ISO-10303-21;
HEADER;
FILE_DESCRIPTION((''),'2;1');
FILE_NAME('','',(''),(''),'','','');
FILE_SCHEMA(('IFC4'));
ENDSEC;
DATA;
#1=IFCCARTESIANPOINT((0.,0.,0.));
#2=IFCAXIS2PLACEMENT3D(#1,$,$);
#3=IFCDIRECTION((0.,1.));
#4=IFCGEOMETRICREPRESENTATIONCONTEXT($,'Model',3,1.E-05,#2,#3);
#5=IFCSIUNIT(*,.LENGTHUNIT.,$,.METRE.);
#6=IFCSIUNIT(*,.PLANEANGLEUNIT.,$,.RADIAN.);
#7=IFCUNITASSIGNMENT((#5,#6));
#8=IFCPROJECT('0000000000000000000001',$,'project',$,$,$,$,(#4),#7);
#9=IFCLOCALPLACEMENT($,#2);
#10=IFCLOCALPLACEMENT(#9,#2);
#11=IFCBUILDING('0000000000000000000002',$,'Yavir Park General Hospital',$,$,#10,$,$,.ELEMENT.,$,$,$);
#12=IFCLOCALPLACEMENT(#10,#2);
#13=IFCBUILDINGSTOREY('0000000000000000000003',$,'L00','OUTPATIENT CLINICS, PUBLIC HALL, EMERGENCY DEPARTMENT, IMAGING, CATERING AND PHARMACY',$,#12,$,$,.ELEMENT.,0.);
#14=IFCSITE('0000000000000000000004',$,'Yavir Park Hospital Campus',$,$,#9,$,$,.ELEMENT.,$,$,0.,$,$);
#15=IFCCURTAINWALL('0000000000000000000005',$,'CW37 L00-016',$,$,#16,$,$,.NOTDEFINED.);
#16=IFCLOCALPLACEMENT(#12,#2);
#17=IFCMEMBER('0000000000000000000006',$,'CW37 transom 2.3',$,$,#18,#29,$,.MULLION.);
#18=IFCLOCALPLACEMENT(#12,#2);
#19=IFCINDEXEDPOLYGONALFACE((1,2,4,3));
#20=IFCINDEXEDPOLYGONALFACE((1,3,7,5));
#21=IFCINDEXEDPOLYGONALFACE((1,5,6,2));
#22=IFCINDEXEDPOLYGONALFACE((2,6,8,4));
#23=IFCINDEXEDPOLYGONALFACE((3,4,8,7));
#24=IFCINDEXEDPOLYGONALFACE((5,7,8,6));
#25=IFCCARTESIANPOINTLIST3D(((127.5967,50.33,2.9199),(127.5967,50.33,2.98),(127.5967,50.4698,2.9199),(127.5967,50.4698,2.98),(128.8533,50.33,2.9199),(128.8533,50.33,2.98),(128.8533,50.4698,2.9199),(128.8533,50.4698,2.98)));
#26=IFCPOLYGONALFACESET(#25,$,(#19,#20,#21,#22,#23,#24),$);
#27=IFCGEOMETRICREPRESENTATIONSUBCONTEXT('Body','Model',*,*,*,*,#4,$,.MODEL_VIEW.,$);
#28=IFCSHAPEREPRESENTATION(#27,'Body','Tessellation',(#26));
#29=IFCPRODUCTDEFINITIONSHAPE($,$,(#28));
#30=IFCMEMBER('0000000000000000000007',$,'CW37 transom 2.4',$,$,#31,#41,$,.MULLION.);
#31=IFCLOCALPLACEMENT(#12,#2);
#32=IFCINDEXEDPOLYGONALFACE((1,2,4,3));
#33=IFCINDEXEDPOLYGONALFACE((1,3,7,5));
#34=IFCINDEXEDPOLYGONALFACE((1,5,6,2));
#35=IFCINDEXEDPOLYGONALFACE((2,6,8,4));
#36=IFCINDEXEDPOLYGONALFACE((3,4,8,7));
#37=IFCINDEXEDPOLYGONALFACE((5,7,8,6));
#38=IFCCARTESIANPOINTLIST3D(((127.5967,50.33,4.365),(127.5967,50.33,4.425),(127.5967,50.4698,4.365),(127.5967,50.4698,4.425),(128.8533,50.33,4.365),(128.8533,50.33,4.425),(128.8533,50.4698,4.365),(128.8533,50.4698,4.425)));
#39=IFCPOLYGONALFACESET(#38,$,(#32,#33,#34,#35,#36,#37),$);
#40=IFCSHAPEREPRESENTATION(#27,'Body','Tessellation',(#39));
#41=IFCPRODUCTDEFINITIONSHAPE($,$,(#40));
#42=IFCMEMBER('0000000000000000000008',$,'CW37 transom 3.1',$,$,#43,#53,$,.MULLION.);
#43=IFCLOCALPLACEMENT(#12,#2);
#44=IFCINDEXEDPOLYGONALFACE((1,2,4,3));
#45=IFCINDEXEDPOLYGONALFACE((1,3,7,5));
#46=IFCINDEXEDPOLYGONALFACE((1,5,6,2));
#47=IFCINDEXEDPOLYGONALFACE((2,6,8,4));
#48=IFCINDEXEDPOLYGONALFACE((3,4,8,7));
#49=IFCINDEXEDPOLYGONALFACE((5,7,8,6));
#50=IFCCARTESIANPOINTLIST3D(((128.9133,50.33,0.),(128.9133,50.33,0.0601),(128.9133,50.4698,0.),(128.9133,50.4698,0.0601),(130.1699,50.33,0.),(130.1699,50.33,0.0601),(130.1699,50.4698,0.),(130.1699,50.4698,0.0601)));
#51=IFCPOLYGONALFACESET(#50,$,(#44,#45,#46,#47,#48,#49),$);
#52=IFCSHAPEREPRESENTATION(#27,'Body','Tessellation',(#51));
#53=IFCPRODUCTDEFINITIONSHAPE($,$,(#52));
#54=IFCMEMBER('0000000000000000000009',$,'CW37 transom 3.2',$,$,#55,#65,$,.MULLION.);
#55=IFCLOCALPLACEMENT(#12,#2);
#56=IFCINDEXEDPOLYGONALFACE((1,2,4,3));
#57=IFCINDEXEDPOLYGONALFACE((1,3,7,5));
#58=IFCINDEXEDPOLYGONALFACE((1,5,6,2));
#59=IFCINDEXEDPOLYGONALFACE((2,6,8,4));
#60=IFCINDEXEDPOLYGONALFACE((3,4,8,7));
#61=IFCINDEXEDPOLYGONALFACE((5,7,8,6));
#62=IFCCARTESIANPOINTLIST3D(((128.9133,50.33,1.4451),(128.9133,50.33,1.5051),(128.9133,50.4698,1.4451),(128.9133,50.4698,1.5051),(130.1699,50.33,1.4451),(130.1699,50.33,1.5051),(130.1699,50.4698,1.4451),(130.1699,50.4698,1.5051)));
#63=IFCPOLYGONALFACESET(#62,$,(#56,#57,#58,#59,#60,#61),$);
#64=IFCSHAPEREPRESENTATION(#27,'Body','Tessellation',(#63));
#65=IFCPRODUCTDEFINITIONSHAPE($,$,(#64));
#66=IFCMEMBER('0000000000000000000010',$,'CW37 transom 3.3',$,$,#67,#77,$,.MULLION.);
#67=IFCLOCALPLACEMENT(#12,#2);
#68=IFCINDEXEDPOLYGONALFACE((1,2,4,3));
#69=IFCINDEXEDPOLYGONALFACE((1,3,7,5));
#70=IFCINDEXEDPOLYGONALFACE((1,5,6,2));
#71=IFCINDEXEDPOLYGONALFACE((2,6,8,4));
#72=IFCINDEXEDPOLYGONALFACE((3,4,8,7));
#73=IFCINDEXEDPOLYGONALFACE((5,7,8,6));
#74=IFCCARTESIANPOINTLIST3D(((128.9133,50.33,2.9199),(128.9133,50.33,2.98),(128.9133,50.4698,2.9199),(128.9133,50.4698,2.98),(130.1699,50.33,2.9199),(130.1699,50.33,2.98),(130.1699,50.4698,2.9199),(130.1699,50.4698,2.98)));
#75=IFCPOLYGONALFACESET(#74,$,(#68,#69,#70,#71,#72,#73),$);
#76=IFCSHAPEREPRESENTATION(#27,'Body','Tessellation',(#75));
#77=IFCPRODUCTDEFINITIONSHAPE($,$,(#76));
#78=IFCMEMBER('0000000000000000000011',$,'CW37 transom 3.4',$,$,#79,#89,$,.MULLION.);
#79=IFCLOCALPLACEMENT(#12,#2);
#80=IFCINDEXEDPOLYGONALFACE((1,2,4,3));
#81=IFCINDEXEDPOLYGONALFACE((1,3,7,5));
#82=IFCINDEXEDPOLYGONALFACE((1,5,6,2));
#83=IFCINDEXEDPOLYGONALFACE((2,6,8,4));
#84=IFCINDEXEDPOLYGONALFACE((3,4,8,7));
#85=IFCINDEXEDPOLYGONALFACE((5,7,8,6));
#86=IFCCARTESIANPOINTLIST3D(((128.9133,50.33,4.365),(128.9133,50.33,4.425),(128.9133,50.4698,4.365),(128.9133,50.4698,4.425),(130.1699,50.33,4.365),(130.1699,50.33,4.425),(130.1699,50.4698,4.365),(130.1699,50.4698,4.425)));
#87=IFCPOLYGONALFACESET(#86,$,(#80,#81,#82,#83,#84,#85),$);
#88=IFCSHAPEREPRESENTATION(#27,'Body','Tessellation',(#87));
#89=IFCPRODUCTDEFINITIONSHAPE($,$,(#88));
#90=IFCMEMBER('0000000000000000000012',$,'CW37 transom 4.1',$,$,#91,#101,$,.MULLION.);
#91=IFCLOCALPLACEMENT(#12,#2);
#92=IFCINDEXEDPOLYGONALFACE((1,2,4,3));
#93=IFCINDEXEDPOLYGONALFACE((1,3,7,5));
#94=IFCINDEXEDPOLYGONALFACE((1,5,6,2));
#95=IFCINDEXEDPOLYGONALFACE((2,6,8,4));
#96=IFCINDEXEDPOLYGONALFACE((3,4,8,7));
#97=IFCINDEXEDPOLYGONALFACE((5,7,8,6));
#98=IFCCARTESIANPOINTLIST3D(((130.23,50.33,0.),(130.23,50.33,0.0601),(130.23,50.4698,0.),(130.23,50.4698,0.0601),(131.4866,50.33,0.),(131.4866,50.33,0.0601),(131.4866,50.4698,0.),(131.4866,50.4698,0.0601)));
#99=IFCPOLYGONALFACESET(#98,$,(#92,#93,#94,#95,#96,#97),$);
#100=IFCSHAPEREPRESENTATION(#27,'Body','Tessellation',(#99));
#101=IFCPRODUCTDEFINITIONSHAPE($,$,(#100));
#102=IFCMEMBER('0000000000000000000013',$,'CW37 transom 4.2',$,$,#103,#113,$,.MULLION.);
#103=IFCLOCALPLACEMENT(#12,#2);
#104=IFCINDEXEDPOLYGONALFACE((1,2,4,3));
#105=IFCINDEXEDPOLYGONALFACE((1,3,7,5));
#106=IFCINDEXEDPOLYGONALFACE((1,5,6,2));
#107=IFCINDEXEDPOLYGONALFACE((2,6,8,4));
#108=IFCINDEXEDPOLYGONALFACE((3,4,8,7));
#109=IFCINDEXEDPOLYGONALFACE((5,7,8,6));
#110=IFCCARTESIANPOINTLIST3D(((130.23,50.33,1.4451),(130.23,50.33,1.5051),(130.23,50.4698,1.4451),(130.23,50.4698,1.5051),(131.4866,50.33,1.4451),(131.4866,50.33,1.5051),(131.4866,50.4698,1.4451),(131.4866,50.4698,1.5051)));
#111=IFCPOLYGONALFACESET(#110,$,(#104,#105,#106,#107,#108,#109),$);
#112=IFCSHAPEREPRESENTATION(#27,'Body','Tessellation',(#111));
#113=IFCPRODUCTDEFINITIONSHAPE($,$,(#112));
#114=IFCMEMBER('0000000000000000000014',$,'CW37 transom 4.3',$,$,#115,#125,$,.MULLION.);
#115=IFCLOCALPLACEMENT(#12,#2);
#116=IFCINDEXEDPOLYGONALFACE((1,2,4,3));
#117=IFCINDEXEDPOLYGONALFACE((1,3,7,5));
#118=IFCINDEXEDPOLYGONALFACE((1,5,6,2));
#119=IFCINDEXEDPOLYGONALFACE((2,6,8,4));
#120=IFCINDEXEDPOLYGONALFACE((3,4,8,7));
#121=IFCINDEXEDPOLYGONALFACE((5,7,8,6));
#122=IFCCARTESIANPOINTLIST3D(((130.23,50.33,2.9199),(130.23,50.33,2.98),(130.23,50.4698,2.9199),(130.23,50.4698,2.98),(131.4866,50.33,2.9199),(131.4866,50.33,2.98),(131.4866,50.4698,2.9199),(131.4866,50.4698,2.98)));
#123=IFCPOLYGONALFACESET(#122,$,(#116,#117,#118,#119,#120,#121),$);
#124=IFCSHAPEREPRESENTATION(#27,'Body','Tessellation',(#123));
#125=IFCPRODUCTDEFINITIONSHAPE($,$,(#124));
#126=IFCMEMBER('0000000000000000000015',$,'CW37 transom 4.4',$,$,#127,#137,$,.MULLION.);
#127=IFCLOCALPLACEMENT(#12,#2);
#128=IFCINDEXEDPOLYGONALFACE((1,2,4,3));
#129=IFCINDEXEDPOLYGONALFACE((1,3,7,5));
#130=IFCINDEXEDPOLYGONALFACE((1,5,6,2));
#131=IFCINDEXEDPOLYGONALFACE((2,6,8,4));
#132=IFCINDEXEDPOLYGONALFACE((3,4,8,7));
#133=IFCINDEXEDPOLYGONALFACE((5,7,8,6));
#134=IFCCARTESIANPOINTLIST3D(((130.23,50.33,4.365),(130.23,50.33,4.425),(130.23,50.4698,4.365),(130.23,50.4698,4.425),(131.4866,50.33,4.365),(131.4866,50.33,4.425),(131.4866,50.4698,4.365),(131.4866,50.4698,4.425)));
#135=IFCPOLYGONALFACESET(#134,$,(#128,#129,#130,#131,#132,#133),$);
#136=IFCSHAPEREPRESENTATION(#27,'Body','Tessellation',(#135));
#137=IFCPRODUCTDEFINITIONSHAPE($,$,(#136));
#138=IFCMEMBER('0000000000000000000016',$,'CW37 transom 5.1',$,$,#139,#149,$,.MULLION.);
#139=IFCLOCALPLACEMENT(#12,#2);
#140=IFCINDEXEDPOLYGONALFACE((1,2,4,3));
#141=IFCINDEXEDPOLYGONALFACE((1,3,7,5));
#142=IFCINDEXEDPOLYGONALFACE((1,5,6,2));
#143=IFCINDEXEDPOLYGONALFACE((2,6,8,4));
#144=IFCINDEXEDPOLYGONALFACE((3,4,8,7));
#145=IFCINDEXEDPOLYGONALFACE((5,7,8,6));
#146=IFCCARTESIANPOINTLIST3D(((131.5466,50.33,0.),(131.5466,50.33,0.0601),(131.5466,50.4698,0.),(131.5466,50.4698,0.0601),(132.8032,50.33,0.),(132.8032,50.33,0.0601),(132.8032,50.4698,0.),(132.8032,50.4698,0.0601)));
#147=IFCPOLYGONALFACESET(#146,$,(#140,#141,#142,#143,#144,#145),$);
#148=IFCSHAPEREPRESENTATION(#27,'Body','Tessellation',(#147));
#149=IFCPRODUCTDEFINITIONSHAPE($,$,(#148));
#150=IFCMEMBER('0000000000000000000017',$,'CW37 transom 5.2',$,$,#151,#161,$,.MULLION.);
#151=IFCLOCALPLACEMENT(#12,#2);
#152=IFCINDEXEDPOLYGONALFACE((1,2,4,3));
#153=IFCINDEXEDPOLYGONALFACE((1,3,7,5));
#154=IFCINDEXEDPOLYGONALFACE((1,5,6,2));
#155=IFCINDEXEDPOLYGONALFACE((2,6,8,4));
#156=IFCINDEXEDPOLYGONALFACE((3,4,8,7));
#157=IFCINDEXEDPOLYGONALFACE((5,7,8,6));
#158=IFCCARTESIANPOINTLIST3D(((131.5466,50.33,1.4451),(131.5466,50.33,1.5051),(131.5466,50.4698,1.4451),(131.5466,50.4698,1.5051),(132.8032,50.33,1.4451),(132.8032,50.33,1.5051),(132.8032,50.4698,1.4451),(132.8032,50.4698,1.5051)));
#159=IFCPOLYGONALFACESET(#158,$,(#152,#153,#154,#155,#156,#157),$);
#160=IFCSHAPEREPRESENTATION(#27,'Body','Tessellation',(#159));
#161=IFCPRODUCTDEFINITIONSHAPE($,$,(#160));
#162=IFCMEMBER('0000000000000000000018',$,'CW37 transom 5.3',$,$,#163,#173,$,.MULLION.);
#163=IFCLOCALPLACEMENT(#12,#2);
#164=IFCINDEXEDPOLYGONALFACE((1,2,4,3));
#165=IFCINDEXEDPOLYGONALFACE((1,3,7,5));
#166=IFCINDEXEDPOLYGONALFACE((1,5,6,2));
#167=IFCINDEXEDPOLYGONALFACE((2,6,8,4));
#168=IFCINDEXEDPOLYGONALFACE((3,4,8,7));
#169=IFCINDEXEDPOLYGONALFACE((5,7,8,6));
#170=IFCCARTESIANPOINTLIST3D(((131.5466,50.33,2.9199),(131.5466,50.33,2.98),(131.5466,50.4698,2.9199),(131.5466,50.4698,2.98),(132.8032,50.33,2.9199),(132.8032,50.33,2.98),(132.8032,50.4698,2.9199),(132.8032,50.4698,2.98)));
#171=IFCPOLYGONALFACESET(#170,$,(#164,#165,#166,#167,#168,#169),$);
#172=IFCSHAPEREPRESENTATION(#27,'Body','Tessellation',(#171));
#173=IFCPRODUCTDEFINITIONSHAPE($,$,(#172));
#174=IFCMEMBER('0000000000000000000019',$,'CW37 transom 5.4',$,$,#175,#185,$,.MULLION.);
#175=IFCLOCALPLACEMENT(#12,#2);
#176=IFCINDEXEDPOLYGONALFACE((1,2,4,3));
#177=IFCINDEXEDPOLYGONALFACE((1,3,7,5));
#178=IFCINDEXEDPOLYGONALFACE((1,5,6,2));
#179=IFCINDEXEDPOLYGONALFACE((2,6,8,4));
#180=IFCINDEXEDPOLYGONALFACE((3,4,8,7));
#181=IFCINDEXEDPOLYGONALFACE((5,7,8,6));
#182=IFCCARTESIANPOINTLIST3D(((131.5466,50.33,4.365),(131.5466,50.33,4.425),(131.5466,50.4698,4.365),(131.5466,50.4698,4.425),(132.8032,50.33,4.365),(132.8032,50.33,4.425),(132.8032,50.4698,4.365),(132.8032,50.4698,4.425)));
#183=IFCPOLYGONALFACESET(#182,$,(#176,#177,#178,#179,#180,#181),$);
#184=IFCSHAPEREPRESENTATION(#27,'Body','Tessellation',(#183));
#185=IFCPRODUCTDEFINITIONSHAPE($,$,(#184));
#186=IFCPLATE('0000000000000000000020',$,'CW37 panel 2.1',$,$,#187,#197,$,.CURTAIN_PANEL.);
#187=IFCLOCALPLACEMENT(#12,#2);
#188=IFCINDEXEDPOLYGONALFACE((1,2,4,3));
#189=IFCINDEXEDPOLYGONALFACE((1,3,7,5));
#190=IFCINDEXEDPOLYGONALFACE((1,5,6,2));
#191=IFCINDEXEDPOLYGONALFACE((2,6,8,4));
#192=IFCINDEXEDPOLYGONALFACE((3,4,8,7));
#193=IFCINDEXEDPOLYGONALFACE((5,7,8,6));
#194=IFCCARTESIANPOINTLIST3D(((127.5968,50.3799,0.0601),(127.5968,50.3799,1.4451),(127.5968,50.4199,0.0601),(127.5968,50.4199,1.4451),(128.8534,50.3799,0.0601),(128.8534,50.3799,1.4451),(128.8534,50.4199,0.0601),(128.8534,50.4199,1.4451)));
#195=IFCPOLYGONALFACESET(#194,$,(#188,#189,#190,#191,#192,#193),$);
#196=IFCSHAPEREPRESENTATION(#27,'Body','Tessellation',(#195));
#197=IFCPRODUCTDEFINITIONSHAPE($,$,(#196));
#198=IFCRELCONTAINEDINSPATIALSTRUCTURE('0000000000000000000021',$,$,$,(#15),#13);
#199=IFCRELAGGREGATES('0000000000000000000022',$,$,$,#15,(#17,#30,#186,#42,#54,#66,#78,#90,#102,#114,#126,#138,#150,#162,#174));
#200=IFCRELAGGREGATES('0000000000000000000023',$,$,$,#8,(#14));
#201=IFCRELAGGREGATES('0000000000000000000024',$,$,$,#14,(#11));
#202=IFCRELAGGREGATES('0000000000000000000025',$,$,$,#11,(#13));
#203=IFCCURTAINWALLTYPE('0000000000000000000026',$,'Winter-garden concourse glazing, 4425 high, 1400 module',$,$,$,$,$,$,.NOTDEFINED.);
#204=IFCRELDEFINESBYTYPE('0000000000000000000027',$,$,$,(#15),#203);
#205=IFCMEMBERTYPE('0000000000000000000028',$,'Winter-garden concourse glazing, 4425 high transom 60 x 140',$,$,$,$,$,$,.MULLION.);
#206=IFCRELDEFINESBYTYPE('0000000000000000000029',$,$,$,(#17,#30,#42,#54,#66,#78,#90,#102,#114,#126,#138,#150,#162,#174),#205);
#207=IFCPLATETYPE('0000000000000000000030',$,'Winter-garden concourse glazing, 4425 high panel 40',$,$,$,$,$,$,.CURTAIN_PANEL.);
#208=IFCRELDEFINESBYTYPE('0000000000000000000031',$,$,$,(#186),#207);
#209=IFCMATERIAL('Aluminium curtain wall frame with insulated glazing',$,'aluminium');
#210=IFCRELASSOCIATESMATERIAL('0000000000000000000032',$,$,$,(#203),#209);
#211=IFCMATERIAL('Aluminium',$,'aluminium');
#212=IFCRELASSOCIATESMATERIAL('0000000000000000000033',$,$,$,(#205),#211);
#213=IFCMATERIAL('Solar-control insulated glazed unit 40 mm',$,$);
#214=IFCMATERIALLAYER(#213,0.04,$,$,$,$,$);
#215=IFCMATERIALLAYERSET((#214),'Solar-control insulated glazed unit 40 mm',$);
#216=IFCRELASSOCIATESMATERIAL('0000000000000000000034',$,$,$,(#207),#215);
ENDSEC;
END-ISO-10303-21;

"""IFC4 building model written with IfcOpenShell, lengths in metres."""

from ifc_helpers import new_model, si_unit, direction, frame, origin, origin_2d, place, context, subcontext, project, spatial, rectangle, extrude, material, layer, layer_set, material_profile, profile_set, type_object, element, aggregate, save


model = new_model("IFC4")

# Units and contexts
model_context = context("Model", 3, precision=1e-05, world=origin(), true_north=direction((0.0, 1.0)))
body_context = subcontext(model_context, "Body", "Model", "MODEL_VIEW")
ifc_project = project(units=[si_unit("LENGTHUNIT", "METRE"), si_unit("PLANEANGLEUNIT", "RADIAN")], contexts=[model_context])

# Site, building, storey
site_placement = place(None, origin())
site = spatial("IfcSite", under=ifc_project, at=site_placement, Name="Yavir Park Hospital Campus", CompositionType="ELEMENT", RefElevation=0.0)
building_placement = place(site_placement, origin())
building = spatial("IfcBuilding", under=site, at=building_placement, Name="Yavir Park General Hospital", CompositionType="ELEMENT")
storey_placement = place(building_placement, origin())
storey = spatial("IfcBuildingStorey", under=building, at=storey_placement, Name="L00", Description="OUTPATIENT CLINICS, PUBLIC HALL, EMERGENCY DEPARTMENT, IMAGING, CATERING AND PHARMACY", CompositionType="ELEMENT", Elevation=0.0)

# Curtain wall, members, plate
ifc_material_1 = material(Name="Aluminium curtain wall frame with insulated glazing", Category="aluminium")
curtain_wall_type = type_object("IfcCurtainWallType", Name="Winter-garden concourse glazing, 4425 high, 1400 module", PredefinedType="NOTDEFINED", material=ifc_material_1)
curtain_wall_placement = place(storey_placement, origin())
curtain_wall = element("IfcCurtainWall", 1, at=curtain_wall_placement, inside=storey, type_object=curtain_wall_type, Name="CW37 L00-016", PredefinedType="NOTDEFINED")
ifc_material_2 = material(Name="Aluminium", Category="aluminium")
ifc_material_profile_1 = material_profile(ifc_material_2, rectangle(XDim=0.1399, YDim=0.0601, at=origin_2d()), Name="AL 140x60")
ifc_profile_set_1 = profile_set([ifc_material_profile_1], Name="Aluminium")
member_type_1 = type_object("IfcMemberType", Name="Winter-garden concourse glazing, 4425 high transom 60 x 140", PredefinedType="MULLION", material=ifc_profile_set_1)
member_1_placement = place(storey_placement, frame((127.5967, 50.3999, 2.95), z_axis=(1.0, 0.0, 0.0), x_axis=(0.0, 1.0, 0.0)))
member_1 = element("IfcMember", 2, at=member_1_placement, type_object=member_type_1, Name="CW37 transom 2.3", PredefinedType="MULLION", context=body_context, shape_type="SweptSolid", body=[
    extrude(rectangle(XDim=0.1399, YDim=0.0601, at=origin_2d()), origin(), (0.0, 0.0, 1.0), 1.2566),
])
member_2_placement = place(storey_placement, frame((127.5967, 50.3999, 4.395), z_axis=(1.0, 0.0, 0.0), x_axis=(0.0, 1.0, 0.0)))
member_2 = element("IfcMember", 3, at=member_2_placement, type_object=member_type_1, Name="CW37 transom 2.4", PredefinedType="MULLION", context=body_context, shape_type="SweptSolid", body=[
    extrude(rectangle(XDim=0.1399, YDim=0.0601, at=origin_2d()), origin(), (0.0, 0.0, 1.0), 1.2566),
])
member_3_placement = place(storey_placement, frame((128.9133, 50.3999, 0.03), z_axis=(1.0, 0.0, 0.0), x_axis=(0.0, 1.0, 0.0)))
member_3 = element("IfcMember", 4, at=member_3_placement, type_object=member_type_1, Name="CW37 transom 3.1", PredefinedType="MULLION", context=body_context, shape_type="SweptSolid", body=[
    extrude(rectangle(XDim=0.1399, YDim=0.0601, at=origin_2d()), origin(), (0.0, 0.0, 1.0), 1.2566),
])
member_4_placement = place(storey_placement, frame((128.9133, 50.3999, 1.4751), z_axis=(1.0, 0.0, 0.0), x_axis=(0.0, 1.0, 0.0)))
member_4 = element("IfcMember", 5, at=member_4_placement, type_object=member_type_1, Name="CW37 transom 3.2", PredefinedType="MULLION", context=body_context, shape_type="SweptSolid", body=[
    extrude(rectangle(XDim=0.1399, YDim=0.0601, at=origin_2d()), origin(), (0.0, 0.0, 1.0), 1.2566),
])
member_5_placement = place(storey_placement, frame((128.9133, 50.3999, 2.95), z_axis=(1.0, 0.0, 0.0), x_axis=(0.0, 1.0, 0.0)))
member_5 = element("IfcMember", 6, at=member_5_placement, type_object=member_type_1, Name="CW37 transom 3.3", PredefinedType="MULLION", context=body_context, shape_type="SweptSolid", body=[
    extrude(rectangle(XDim=0.1399, YDim=0.0601, at=origin_2d()), origin(), (0.0, 0.0, 1.0), 1.2566),
])
member_6_placement = place(storey_placement, frame((128.9133, 50.3999, 4.395), z_axis=(1.0, 0.0, 0.0), x_axis=(0.0, 1.0, 0.0)))
member_6 = element("IfcMember", 7, at=member_6_placement, type_object=member_type_1, Name="CW37 transom 3.4", PredefinedType="MULLION", context=body_context, shape_type="SweptSolid", body=[
    extrude(rectangle(XDim=0.1399, YDim=0.0601, at=origin_2d()), origin(), (0.0, 0.0, 1.0), 1.2566),
])
member_7_placement = place(storey_placement, frame((130.23, 50.3999, 0.03), z_axis=(1.0, 0.0, 0.0), x_axis=(0.0, 1.0, 0.0)))
member_7 = element("IfcMember", 8, at=member_7_placement, type_object=member_type_1, Name="CW37 transom 4.1", PredefinedType="MULLION", context=body_context, shape_type="SweptSolid", body=[
    extrude(rectangle(XDim=0.1399, YDim=0.0601, at=origin_2d()), origin(), (0.0, 0.0, 1.0), 1.2566),
])
member_8_placement = place(storey_placement, frame((130.23, 50.3999, 1.4751), z_axis=(1.0, 0.0, 0.0), x_axis=(0.0, 1.0, 0.0)))
member_8 = element("IfcMember", 9, at=member_8_placement, type_object=member_type_1, Name="CW37 transom 4.2", PredefinedType="MULLION", context=body_context, shape_type="SweptSolid", body=[
    extrude(rectangle(XDim=0.1399, YDim=0.0601, at=origin_2d()), origin(), (0.0, 0.0, 1.0), 1.2566),
])
member_9_placement = place(storey_placement, frame((130.23, 50.3999, 2.95), z_axis=(1.0, 0.0, 0.0), x_axis=(0.0, 1.0, 0.0)))
member_9 = element("IfcMember", 10, at=member_9_placement, type_object=member_type_1, Name="CW37 transom 4.3", PredefinedType="MULLION", context=body_context, shape_type="SweptSolid", body=[
    extrude(rectangle(XDim=0.1399, YDim=0.0601, at=origin_2d()), origin(), (0.0, 0.0, 1.0), 1.2566),
])
member_10_placement = place(storey_placement, frame((130.23, 50.3999, 4.395), z_axis=(1.0, 0.0, 0.0), x_axis=(0.0, 1.0, 0.0)))
member_10 = element("IfcMember", 11, at=member_10_placement, type_object=member_type_1, Name="CW37 transom 4.4", PredefinedType="MULLION", context=body_context, shape_type="SweptSolid", body=[
    extrude(rectangle(XDim=0.1399, YDim=0.0601, at=origin_2d()), origin(), (0.0, 0.0, 1.0), 1.2566),
])
member_11_placement = place(storey_placement, frame((131.5466, 50.3999, 0.03), z_axis=(1.0, 0.0, 0.0), x_axis=(0.0, 1.0, 0.0)))
member_11 = element("IfcMember", 12, at=member_11_placement, type_object=member_type_1, Name="CW37 transom 5.1", PredefinedType="MULLION", context=body_context, shape_type="SweptSolid", body=[
    extrude(rectangle(XDim=0.1399, YDim=0.0601, at=origin_2d()), origin(), (0.0, 0.0, 1.0), 1.2566),
])
member_12_placement = place(storey_placement, frame((131.5466, 50.3999, 1.4751), z_axis=(1.0, 0.0, 0.0), x_axis=(0.0, 1.0, 0.0)))
member_12 = element("IfcMember", 13, at=member_12_placement, type_object=member_type_1, Name="CW37 transom 5.2", PredefinedType="MULLION", context=body_context, shape_type="SweptSolid", body=[
    extrude(rectangle(XDim=0.1399, YDim=0.0601, at=origin_2d()), origin(), (0.0, 0.0, 1.0), 1.2566),
])
member_13_placement = place(storey_placement, frame((131.5466, 50.3999, 2.95), z_axis=(1.0, 0.0, 0.0), x_axis=(0.0, 1.0, 0.0)))
member_13 = element("IfcMember", 14, at=member_13_placement, type_object=member_type_1, Name="CW37 transom 5.3", PredefinedType="MULLION", context=body_context, shape_type="SweptSolid", body=[
    extrude(rectangle(XDim=0.1399, YDim=0.0601, at=origin_2d()), origin(), (0.0, 0.0, 1.0), 1.2566),
])
member_14_placement = place(storey_placement, frame((131.5466, 50.3999, 4.395), z_axis=(1.0, 0.0, 0.0), x_axis=(0.0, 1.0, 0.0)))
member_14 = element("IfcMember", 15, at=member_14_placement, type_object=member_type_1, Name="CW37 transom 5.4", PredefinedType="MULLION", context=body_context, shape_type="SweptSolid", body=[
    extrude(rectangle(XDim=0.1399, YDim=0.0601, at=origin_2d()), origin(), (0.0, 0.0, 1.0), 1.2566),
])
ifc_material_3 = material(Name="Solar-control insulated glazed unit 40 mm")
ifc_layer = layer(ifc_material_3, 0.04)
ifc_layer_set = layer_set([ifc_layer], Name="Solar-control insulated glazed unit 40 mm")
plate_type = type_object("IfcPlateType", Name="Winter-garden concourse glazing, 4425 high panel 40", PredefinedType="CURTAIN_PANEL", material=ifc_layer_set)
plate_1_placement = place(storey_placement, frame((128.2251, 50.3999, 0.0601), z_axis=(0.0, 0.0, 1.0), x_axis=(1.0, 0.0, 0.0)))
plate_1 = element("IfcPlate", 16, at=plate_1_placement, type_object=plate_type, Name="CW37 panel 2.1", PredefinedType="CURTAIN_PANEL", context=body_context, shape_type="SweptSolid", body=[
    extrude(rectangle(XDim=1.2566, YDim=0.04, at=origin_2d()), origin(), (0.0, 0.0, 1.0), 1.385),
])
aggregate(curtain_wall, [member_1, member_2, plate_1, member_3, member_4, member_5, member_6, member_7, member_8, member_9, member_10, member_11, member_12, member_13, member_14])

save(model, "model.ifc")
